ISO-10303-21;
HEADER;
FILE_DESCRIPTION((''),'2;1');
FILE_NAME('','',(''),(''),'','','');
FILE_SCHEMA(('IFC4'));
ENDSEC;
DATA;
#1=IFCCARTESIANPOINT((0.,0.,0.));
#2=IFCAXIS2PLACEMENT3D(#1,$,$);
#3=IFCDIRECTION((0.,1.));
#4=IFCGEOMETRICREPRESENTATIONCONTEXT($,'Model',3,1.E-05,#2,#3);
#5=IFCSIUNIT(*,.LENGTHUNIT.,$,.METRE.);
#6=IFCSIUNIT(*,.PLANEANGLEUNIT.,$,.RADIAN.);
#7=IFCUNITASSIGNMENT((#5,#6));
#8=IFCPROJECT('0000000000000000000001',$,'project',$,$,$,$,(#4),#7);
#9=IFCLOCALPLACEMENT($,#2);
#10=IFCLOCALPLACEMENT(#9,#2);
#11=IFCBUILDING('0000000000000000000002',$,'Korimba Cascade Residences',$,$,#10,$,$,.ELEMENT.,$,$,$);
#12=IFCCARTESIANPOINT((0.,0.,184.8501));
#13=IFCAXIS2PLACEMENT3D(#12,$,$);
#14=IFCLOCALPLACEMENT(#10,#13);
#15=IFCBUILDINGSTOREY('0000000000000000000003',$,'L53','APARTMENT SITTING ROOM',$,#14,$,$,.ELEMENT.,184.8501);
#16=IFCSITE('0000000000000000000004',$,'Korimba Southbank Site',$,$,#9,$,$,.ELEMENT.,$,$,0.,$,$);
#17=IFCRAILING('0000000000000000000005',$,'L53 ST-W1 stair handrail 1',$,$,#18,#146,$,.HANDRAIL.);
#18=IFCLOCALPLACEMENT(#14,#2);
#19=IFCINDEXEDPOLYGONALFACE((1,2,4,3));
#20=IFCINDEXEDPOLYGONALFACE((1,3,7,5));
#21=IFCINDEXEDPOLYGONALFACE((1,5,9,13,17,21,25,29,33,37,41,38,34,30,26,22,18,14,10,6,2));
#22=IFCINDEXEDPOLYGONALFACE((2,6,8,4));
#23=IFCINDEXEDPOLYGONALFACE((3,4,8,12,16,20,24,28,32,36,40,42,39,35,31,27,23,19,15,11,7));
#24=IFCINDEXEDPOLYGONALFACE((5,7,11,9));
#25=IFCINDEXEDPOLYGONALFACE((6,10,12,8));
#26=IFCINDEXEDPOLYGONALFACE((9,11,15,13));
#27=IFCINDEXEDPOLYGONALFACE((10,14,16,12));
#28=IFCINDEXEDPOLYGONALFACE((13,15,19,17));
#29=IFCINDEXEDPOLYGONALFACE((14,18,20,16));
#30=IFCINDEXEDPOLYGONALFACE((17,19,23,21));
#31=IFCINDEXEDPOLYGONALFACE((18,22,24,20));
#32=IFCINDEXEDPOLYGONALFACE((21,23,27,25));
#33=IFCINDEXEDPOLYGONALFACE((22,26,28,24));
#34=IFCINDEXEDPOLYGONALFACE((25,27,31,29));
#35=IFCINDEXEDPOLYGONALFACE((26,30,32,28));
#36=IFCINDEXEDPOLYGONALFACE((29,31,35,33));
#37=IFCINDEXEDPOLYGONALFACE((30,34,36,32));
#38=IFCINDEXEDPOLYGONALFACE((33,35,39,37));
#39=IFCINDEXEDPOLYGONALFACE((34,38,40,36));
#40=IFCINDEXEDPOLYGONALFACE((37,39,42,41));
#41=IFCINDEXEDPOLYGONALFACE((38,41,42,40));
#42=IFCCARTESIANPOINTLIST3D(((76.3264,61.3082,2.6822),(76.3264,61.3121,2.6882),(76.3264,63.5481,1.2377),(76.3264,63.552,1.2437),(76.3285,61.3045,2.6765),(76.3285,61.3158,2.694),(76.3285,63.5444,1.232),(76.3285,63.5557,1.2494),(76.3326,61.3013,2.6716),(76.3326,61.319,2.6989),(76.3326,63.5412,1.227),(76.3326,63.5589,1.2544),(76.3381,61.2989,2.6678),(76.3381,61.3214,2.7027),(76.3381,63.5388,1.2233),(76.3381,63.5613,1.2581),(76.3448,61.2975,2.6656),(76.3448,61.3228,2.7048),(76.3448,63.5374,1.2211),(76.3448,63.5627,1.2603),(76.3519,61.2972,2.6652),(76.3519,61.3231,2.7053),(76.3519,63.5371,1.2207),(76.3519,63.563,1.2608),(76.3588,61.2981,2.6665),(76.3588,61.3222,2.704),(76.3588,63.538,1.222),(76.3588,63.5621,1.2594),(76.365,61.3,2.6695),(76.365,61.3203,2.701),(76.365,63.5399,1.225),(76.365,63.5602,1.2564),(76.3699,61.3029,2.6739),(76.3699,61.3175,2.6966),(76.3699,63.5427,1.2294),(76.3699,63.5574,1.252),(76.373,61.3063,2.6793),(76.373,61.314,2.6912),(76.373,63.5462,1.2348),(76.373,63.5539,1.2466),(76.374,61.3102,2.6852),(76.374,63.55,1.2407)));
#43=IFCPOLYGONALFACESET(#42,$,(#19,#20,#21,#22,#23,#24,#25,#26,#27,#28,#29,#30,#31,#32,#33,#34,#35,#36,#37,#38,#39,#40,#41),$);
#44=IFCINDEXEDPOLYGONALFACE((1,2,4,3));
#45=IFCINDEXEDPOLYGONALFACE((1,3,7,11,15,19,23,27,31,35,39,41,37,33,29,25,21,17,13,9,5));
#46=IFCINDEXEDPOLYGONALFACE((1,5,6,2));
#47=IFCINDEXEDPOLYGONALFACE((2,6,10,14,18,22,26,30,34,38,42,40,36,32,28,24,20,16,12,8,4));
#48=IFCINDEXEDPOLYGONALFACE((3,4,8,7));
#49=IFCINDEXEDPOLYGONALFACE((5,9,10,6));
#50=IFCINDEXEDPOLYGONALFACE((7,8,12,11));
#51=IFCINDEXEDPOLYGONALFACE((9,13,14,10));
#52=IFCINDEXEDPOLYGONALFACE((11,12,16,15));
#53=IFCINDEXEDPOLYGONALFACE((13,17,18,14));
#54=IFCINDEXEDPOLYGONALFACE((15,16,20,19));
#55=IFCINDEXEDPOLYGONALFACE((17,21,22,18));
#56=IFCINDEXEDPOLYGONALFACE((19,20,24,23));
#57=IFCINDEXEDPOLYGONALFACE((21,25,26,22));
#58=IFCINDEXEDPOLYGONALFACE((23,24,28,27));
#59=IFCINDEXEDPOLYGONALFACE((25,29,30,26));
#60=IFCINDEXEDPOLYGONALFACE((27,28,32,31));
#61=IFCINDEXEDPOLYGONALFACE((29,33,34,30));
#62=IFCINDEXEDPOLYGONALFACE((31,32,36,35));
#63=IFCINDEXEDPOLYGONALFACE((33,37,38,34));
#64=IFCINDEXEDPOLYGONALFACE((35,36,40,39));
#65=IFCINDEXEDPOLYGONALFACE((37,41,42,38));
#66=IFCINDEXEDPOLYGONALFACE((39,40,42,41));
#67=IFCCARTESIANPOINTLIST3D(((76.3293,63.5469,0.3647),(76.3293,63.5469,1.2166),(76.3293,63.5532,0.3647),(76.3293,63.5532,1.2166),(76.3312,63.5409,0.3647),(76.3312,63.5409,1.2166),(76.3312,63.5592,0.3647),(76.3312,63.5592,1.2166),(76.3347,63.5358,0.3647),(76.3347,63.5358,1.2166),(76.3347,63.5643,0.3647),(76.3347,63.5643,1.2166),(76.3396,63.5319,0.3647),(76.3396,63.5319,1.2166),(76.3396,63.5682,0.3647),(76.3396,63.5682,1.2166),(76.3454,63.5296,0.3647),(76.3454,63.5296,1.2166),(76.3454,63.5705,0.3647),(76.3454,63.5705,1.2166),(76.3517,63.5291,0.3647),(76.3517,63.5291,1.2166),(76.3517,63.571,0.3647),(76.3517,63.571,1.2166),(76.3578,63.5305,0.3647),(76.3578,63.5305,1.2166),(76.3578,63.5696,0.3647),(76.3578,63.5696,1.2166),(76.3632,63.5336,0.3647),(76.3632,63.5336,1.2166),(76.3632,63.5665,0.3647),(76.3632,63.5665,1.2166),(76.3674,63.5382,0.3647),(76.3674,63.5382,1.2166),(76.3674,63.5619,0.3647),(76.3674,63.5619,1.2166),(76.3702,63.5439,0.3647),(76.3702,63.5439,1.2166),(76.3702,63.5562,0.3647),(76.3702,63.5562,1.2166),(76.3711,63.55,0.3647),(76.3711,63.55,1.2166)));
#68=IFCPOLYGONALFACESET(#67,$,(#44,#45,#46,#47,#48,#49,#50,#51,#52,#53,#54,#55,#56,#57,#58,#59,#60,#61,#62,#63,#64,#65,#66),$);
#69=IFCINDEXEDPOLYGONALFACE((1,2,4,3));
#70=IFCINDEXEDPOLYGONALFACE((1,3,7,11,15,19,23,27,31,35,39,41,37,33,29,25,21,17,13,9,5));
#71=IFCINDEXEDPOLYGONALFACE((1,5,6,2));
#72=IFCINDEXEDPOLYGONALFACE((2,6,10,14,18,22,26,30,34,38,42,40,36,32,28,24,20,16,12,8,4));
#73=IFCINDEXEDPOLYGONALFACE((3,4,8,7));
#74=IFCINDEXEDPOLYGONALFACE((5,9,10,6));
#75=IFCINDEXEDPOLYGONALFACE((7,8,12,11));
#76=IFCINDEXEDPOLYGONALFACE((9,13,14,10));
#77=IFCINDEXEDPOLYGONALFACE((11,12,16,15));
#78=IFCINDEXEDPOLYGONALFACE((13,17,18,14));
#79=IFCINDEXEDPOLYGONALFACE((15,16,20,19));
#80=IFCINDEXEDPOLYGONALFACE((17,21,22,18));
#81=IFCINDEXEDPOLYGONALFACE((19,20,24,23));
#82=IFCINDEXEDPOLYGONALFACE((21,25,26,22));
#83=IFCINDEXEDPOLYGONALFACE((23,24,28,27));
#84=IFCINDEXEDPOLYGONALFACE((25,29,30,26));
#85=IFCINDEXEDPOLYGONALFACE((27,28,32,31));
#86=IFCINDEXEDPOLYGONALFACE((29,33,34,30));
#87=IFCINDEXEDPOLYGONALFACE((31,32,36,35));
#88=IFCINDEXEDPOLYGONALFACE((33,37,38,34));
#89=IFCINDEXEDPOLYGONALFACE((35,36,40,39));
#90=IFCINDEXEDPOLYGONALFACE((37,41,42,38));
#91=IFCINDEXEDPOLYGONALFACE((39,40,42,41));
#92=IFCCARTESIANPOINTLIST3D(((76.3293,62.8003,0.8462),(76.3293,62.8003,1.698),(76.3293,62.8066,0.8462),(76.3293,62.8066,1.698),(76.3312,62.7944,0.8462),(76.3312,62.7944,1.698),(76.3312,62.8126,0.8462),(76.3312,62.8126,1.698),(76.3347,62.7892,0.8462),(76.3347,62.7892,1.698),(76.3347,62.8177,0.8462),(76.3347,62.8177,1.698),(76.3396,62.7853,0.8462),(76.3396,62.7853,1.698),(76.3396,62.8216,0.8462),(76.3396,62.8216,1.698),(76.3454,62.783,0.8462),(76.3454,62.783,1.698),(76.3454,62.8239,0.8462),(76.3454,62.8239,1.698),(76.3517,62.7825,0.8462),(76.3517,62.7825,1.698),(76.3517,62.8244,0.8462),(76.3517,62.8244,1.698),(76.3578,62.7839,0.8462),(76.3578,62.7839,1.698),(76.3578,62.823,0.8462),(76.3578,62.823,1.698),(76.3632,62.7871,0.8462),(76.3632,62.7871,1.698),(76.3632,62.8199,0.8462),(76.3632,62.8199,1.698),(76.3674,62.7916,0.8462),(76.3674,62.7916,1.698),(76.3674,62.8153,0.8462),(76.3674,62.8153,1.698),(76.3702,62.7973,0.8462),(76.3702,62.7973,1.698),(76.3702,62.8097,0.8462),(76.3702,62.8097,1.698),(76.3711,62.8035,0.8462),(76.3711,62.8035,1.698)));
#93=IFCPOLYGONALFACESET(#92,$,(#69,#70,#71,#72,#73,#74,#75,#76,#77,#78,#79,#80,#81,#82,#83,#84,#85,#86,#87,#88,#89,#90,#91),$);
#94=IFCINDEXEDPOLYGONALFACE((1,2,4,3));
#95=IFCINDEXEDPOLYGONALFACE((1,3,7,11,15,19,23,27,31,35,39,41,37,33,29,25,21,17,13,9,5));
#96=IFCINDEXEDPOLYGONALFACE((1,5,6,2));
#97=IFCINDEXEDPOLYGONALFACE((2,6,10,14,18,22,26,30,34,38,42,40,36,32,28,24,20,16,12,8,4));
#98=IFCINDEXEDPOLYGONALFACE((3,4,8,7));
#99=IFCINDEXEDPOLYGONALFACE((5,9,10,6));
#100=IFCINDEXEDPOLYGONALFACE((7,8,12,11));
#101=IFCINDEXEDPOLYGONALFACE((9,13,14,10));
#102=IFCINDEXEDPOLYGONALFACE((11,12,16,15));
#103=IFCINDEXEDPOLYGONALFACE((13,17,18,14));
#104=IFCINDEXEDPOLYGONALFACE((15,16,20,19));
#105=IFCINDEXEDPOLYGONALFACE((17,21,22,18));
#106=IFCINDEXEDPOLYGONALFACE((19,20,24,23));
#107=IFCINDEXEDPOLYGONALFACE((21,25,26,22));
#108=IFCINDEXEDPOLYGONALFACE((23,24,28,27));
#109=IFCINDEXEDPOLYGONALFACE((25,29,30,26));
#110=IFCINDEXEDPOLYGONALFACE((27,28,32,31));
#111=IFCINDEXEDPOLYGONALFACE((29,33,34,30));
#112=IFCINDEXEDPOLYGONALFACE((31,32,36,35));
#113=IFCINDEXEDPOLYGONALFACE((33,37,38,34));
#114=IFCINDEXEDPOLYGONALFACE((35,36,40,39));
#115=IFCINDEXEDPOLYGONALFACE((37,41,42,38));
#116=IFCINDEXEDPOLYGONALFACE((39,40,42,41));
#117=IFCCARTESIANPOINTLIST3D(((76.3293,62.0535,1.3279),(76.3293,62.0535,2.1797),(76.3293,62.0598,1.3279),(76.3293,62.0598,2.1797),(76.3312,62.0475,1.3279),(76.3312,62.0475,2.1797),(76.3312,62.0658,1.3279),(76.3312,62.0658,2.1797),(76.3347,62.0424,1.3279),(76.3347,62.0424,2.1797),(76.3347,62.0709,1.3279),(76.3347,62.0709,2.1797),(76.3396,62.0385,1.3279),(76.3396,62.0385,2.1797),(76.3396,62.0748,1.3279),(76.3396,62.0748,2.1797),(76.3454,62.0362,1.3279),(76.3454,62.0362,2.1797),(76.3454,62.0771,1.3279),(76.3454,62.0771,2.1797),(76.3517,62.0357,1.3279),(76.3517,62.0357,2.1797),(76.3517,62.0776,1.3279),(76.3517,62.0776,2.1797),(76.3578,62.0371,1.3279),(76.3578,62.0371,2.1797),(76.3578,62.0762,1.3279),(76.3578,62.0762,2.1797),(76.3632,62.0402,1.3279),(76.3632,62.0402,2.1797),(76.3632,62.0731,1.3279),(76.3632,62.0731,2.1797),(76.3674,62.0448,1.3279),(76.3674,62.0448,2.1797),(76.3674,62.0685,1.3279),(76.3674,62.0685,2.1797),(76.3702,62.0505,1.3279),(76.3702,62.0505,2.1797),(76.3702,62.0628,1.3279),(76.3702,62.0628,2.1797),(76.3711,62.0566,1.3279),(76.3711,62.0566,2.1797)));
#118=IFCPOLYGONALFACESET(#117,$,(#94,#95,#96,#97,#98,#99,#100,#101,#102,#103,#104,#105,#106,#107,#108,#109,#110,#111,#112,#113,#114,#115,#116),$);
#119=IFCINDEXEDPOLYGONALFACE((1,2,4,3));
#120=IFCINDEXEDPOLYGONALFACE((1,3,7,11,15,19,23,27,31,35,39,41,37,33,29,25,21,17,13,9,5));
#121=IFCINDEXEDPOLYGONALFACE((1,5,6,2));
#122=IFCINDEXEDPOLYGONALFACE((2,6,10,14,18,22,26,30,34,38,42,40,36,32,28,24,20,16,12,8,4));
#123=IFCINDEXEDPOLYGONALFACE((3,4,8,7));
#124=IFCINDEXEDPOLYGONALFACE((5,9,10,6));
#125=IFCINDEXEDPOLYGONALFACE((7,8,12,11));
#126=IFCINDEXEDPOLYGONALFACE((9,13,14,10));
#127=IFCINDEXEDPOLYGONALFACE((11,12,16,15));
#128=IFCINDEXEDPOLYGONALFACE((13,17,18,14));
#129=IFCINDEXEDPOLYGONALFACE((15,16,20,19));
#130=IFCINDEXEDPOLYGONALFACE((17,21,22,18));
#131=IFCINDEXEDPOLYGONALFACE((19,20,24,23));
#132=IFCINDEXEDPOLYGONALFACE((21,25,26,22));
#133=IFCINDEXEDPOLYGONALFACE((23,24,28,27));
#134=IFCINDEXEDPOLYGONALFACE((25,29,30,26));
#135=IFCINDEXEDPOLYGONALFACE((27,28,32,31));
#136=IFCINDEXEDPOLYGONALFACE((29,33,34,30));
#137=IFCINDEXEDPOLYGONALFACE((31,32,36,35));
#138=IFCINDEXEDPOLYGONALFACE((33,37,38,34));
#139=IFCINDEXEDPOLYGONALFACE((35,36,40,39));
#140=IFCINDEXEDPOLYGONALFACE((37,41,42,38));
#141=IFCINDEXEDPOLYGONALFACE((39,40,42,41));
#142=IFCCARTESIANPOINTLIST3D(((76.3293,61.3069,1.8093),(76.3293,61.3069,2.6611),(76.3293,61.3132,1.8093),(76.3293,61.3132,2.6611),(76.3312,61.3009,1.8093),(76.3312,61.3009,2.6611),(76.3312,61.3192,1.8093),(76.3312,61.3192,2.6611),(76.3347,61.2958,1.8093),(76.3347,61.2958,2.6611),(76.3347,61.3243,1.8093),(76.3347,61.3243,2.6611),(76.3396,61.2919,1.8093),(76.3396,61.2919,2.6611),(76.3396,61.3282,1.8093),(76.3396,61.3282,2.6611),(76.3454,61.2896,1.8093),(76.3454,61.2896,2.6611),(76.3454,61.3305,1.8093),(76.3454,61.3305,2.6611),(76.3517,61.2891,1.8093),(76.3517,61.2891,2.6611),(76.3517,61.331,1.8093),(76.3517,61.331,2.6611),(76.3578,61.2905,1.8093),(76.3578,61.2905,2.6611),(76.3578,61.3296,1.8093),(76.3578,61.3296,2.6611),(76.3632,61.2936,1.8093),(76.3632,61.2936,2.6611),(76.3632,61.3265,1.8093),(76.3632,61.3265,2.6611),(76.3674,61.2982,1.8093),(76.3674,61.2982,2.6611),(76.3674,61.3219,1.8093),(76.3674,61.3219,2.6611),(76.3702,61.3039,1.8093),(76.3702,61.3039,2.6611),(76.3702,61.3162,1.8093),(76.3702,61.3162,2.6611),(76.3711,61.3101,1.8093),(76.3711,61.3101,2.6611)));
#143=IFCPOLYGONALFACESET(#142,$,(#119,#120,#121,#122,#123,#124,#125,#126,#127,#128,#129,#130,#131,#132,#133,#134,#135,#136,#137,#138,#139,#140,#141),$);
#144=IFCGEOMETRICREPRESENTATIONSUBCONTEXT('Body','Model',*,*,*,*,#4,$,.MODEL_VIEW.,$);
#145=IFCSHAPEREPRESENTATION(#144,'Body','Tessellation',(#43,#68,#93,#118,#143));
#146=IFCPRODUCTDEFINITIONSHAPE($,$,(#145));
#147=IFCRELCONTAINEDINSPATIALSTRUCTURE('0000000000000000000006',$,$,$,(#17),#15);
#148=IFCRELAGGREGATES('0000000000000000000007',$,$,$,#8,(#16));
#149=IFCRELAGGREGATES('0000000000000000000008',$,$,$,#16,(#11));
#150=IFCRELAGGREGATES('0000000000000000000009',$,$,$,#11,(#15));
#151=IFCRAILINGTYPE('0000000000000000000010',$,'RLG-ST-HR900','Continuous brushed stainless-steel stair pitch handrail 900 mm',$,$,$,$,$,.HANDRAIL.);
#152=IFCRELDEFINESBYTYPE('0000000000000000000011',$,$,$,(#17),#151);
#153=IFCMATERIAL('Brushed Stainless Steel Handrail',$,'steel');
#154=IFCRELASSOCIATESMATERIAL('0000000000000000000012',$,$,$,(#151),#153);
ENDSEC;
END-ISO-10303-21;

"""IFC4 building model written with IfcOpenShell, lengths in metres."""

from ifc_helpers import new_model, si_unit, direction, frame, origin, origin_2d, place, context, subcontext, project, spatial, circle, extrude, material, type_object, element, save


model = new_model("IFC4")

# Units and contexts
model_context = context("Model", 3, precision=1e-05, world=origin(), true_north=direction((0.0, 1.0)))
body_context = subcontext(model_context, "Body", "Model", "MODEL_VIEW")
ifc_project = project(units=[si_unit("LENGTHUNIT", "METRE"), si_unit("PLANEANGLEUNIT", "RADIAN")], contexts=[model_context])

# Site, building, storey
site_placement = place(None, origin())
site = spatial("IfcSite", under=ifc_project, at=site_placement, Name="Korimba Southbank Site", CompositionType="ELEMENT", RefElevation=0.0)
building_placement = place(site_placement, origin())
building = spatial("IfcBuilding", under=site, at=building_placement, Name="Korimba Cascade Residences", CompositionType="ELEMENT")
storey_placement = place(building_placement, frame((0.0, 0.0, 184.8501)))
storey = spatial("IfcBuildingStorey", under=building, at=storey_placement, Name="L53", Description="APARTMENT SITTING ROOM", CompositionType="ELEMENT", Elevation=184.8501)

# Railing
ifc_material_1 = material(Name="Brushed Stainless Steel Handrail", Category="steel")
railing_type_1 = type_object("IfcRailingType", Name="RLG-ST-HR900", Description="Continuous brushed stainless-steel stair pitch handrail 900 mm", PredefinedType="HANDRAIL", material=ifc_material_1)
railing_1_placement = place(storey_placement, frame((76.3501, 63.55, 0.3647)))
element("IfcRailing", 1, at=railing_1_placement, inside=storey, type_object=railing_type_1, Name="L53 ST-W1 stair handrail 1", PredefinedType="HANDRAIL", context=body_context, shape_type="SweptSolid", body=[
    extrude(circle(Radius=0.0239, at=origin_2d()), frame((0.0, 0.0, 0.876), z_axis=(0.0, -0.840395, 0.541975), x_axis=(1.0, 0.0, 0.0)), (0.0, 0.0, 1.0), 2.6653),
    extrude(circle(Radius=0.021, at=origin_2d()), origin(), (0.0, 0.0, 1.0), 0.8518),
    extrude(circle(Radius=0.021, at=origin_2d()), frame((0.0, -0.7466, 0.4814)), (0.0, 0.0, 1.0), 0.8518),
    extrude(circle(Radius=0.021, at=origin_2d()), frame((0.0, -1.4934, 0.9631)), (0.0, 0.0, 1.0), 0.8518),
    extrude(circle(Radius=0.021, at=origin_2d()), frame((0.0, -2.24, 1.4446)), (0.0, 0.0, 1.0), 0.8518),
])

save(model, "model.ifc")
